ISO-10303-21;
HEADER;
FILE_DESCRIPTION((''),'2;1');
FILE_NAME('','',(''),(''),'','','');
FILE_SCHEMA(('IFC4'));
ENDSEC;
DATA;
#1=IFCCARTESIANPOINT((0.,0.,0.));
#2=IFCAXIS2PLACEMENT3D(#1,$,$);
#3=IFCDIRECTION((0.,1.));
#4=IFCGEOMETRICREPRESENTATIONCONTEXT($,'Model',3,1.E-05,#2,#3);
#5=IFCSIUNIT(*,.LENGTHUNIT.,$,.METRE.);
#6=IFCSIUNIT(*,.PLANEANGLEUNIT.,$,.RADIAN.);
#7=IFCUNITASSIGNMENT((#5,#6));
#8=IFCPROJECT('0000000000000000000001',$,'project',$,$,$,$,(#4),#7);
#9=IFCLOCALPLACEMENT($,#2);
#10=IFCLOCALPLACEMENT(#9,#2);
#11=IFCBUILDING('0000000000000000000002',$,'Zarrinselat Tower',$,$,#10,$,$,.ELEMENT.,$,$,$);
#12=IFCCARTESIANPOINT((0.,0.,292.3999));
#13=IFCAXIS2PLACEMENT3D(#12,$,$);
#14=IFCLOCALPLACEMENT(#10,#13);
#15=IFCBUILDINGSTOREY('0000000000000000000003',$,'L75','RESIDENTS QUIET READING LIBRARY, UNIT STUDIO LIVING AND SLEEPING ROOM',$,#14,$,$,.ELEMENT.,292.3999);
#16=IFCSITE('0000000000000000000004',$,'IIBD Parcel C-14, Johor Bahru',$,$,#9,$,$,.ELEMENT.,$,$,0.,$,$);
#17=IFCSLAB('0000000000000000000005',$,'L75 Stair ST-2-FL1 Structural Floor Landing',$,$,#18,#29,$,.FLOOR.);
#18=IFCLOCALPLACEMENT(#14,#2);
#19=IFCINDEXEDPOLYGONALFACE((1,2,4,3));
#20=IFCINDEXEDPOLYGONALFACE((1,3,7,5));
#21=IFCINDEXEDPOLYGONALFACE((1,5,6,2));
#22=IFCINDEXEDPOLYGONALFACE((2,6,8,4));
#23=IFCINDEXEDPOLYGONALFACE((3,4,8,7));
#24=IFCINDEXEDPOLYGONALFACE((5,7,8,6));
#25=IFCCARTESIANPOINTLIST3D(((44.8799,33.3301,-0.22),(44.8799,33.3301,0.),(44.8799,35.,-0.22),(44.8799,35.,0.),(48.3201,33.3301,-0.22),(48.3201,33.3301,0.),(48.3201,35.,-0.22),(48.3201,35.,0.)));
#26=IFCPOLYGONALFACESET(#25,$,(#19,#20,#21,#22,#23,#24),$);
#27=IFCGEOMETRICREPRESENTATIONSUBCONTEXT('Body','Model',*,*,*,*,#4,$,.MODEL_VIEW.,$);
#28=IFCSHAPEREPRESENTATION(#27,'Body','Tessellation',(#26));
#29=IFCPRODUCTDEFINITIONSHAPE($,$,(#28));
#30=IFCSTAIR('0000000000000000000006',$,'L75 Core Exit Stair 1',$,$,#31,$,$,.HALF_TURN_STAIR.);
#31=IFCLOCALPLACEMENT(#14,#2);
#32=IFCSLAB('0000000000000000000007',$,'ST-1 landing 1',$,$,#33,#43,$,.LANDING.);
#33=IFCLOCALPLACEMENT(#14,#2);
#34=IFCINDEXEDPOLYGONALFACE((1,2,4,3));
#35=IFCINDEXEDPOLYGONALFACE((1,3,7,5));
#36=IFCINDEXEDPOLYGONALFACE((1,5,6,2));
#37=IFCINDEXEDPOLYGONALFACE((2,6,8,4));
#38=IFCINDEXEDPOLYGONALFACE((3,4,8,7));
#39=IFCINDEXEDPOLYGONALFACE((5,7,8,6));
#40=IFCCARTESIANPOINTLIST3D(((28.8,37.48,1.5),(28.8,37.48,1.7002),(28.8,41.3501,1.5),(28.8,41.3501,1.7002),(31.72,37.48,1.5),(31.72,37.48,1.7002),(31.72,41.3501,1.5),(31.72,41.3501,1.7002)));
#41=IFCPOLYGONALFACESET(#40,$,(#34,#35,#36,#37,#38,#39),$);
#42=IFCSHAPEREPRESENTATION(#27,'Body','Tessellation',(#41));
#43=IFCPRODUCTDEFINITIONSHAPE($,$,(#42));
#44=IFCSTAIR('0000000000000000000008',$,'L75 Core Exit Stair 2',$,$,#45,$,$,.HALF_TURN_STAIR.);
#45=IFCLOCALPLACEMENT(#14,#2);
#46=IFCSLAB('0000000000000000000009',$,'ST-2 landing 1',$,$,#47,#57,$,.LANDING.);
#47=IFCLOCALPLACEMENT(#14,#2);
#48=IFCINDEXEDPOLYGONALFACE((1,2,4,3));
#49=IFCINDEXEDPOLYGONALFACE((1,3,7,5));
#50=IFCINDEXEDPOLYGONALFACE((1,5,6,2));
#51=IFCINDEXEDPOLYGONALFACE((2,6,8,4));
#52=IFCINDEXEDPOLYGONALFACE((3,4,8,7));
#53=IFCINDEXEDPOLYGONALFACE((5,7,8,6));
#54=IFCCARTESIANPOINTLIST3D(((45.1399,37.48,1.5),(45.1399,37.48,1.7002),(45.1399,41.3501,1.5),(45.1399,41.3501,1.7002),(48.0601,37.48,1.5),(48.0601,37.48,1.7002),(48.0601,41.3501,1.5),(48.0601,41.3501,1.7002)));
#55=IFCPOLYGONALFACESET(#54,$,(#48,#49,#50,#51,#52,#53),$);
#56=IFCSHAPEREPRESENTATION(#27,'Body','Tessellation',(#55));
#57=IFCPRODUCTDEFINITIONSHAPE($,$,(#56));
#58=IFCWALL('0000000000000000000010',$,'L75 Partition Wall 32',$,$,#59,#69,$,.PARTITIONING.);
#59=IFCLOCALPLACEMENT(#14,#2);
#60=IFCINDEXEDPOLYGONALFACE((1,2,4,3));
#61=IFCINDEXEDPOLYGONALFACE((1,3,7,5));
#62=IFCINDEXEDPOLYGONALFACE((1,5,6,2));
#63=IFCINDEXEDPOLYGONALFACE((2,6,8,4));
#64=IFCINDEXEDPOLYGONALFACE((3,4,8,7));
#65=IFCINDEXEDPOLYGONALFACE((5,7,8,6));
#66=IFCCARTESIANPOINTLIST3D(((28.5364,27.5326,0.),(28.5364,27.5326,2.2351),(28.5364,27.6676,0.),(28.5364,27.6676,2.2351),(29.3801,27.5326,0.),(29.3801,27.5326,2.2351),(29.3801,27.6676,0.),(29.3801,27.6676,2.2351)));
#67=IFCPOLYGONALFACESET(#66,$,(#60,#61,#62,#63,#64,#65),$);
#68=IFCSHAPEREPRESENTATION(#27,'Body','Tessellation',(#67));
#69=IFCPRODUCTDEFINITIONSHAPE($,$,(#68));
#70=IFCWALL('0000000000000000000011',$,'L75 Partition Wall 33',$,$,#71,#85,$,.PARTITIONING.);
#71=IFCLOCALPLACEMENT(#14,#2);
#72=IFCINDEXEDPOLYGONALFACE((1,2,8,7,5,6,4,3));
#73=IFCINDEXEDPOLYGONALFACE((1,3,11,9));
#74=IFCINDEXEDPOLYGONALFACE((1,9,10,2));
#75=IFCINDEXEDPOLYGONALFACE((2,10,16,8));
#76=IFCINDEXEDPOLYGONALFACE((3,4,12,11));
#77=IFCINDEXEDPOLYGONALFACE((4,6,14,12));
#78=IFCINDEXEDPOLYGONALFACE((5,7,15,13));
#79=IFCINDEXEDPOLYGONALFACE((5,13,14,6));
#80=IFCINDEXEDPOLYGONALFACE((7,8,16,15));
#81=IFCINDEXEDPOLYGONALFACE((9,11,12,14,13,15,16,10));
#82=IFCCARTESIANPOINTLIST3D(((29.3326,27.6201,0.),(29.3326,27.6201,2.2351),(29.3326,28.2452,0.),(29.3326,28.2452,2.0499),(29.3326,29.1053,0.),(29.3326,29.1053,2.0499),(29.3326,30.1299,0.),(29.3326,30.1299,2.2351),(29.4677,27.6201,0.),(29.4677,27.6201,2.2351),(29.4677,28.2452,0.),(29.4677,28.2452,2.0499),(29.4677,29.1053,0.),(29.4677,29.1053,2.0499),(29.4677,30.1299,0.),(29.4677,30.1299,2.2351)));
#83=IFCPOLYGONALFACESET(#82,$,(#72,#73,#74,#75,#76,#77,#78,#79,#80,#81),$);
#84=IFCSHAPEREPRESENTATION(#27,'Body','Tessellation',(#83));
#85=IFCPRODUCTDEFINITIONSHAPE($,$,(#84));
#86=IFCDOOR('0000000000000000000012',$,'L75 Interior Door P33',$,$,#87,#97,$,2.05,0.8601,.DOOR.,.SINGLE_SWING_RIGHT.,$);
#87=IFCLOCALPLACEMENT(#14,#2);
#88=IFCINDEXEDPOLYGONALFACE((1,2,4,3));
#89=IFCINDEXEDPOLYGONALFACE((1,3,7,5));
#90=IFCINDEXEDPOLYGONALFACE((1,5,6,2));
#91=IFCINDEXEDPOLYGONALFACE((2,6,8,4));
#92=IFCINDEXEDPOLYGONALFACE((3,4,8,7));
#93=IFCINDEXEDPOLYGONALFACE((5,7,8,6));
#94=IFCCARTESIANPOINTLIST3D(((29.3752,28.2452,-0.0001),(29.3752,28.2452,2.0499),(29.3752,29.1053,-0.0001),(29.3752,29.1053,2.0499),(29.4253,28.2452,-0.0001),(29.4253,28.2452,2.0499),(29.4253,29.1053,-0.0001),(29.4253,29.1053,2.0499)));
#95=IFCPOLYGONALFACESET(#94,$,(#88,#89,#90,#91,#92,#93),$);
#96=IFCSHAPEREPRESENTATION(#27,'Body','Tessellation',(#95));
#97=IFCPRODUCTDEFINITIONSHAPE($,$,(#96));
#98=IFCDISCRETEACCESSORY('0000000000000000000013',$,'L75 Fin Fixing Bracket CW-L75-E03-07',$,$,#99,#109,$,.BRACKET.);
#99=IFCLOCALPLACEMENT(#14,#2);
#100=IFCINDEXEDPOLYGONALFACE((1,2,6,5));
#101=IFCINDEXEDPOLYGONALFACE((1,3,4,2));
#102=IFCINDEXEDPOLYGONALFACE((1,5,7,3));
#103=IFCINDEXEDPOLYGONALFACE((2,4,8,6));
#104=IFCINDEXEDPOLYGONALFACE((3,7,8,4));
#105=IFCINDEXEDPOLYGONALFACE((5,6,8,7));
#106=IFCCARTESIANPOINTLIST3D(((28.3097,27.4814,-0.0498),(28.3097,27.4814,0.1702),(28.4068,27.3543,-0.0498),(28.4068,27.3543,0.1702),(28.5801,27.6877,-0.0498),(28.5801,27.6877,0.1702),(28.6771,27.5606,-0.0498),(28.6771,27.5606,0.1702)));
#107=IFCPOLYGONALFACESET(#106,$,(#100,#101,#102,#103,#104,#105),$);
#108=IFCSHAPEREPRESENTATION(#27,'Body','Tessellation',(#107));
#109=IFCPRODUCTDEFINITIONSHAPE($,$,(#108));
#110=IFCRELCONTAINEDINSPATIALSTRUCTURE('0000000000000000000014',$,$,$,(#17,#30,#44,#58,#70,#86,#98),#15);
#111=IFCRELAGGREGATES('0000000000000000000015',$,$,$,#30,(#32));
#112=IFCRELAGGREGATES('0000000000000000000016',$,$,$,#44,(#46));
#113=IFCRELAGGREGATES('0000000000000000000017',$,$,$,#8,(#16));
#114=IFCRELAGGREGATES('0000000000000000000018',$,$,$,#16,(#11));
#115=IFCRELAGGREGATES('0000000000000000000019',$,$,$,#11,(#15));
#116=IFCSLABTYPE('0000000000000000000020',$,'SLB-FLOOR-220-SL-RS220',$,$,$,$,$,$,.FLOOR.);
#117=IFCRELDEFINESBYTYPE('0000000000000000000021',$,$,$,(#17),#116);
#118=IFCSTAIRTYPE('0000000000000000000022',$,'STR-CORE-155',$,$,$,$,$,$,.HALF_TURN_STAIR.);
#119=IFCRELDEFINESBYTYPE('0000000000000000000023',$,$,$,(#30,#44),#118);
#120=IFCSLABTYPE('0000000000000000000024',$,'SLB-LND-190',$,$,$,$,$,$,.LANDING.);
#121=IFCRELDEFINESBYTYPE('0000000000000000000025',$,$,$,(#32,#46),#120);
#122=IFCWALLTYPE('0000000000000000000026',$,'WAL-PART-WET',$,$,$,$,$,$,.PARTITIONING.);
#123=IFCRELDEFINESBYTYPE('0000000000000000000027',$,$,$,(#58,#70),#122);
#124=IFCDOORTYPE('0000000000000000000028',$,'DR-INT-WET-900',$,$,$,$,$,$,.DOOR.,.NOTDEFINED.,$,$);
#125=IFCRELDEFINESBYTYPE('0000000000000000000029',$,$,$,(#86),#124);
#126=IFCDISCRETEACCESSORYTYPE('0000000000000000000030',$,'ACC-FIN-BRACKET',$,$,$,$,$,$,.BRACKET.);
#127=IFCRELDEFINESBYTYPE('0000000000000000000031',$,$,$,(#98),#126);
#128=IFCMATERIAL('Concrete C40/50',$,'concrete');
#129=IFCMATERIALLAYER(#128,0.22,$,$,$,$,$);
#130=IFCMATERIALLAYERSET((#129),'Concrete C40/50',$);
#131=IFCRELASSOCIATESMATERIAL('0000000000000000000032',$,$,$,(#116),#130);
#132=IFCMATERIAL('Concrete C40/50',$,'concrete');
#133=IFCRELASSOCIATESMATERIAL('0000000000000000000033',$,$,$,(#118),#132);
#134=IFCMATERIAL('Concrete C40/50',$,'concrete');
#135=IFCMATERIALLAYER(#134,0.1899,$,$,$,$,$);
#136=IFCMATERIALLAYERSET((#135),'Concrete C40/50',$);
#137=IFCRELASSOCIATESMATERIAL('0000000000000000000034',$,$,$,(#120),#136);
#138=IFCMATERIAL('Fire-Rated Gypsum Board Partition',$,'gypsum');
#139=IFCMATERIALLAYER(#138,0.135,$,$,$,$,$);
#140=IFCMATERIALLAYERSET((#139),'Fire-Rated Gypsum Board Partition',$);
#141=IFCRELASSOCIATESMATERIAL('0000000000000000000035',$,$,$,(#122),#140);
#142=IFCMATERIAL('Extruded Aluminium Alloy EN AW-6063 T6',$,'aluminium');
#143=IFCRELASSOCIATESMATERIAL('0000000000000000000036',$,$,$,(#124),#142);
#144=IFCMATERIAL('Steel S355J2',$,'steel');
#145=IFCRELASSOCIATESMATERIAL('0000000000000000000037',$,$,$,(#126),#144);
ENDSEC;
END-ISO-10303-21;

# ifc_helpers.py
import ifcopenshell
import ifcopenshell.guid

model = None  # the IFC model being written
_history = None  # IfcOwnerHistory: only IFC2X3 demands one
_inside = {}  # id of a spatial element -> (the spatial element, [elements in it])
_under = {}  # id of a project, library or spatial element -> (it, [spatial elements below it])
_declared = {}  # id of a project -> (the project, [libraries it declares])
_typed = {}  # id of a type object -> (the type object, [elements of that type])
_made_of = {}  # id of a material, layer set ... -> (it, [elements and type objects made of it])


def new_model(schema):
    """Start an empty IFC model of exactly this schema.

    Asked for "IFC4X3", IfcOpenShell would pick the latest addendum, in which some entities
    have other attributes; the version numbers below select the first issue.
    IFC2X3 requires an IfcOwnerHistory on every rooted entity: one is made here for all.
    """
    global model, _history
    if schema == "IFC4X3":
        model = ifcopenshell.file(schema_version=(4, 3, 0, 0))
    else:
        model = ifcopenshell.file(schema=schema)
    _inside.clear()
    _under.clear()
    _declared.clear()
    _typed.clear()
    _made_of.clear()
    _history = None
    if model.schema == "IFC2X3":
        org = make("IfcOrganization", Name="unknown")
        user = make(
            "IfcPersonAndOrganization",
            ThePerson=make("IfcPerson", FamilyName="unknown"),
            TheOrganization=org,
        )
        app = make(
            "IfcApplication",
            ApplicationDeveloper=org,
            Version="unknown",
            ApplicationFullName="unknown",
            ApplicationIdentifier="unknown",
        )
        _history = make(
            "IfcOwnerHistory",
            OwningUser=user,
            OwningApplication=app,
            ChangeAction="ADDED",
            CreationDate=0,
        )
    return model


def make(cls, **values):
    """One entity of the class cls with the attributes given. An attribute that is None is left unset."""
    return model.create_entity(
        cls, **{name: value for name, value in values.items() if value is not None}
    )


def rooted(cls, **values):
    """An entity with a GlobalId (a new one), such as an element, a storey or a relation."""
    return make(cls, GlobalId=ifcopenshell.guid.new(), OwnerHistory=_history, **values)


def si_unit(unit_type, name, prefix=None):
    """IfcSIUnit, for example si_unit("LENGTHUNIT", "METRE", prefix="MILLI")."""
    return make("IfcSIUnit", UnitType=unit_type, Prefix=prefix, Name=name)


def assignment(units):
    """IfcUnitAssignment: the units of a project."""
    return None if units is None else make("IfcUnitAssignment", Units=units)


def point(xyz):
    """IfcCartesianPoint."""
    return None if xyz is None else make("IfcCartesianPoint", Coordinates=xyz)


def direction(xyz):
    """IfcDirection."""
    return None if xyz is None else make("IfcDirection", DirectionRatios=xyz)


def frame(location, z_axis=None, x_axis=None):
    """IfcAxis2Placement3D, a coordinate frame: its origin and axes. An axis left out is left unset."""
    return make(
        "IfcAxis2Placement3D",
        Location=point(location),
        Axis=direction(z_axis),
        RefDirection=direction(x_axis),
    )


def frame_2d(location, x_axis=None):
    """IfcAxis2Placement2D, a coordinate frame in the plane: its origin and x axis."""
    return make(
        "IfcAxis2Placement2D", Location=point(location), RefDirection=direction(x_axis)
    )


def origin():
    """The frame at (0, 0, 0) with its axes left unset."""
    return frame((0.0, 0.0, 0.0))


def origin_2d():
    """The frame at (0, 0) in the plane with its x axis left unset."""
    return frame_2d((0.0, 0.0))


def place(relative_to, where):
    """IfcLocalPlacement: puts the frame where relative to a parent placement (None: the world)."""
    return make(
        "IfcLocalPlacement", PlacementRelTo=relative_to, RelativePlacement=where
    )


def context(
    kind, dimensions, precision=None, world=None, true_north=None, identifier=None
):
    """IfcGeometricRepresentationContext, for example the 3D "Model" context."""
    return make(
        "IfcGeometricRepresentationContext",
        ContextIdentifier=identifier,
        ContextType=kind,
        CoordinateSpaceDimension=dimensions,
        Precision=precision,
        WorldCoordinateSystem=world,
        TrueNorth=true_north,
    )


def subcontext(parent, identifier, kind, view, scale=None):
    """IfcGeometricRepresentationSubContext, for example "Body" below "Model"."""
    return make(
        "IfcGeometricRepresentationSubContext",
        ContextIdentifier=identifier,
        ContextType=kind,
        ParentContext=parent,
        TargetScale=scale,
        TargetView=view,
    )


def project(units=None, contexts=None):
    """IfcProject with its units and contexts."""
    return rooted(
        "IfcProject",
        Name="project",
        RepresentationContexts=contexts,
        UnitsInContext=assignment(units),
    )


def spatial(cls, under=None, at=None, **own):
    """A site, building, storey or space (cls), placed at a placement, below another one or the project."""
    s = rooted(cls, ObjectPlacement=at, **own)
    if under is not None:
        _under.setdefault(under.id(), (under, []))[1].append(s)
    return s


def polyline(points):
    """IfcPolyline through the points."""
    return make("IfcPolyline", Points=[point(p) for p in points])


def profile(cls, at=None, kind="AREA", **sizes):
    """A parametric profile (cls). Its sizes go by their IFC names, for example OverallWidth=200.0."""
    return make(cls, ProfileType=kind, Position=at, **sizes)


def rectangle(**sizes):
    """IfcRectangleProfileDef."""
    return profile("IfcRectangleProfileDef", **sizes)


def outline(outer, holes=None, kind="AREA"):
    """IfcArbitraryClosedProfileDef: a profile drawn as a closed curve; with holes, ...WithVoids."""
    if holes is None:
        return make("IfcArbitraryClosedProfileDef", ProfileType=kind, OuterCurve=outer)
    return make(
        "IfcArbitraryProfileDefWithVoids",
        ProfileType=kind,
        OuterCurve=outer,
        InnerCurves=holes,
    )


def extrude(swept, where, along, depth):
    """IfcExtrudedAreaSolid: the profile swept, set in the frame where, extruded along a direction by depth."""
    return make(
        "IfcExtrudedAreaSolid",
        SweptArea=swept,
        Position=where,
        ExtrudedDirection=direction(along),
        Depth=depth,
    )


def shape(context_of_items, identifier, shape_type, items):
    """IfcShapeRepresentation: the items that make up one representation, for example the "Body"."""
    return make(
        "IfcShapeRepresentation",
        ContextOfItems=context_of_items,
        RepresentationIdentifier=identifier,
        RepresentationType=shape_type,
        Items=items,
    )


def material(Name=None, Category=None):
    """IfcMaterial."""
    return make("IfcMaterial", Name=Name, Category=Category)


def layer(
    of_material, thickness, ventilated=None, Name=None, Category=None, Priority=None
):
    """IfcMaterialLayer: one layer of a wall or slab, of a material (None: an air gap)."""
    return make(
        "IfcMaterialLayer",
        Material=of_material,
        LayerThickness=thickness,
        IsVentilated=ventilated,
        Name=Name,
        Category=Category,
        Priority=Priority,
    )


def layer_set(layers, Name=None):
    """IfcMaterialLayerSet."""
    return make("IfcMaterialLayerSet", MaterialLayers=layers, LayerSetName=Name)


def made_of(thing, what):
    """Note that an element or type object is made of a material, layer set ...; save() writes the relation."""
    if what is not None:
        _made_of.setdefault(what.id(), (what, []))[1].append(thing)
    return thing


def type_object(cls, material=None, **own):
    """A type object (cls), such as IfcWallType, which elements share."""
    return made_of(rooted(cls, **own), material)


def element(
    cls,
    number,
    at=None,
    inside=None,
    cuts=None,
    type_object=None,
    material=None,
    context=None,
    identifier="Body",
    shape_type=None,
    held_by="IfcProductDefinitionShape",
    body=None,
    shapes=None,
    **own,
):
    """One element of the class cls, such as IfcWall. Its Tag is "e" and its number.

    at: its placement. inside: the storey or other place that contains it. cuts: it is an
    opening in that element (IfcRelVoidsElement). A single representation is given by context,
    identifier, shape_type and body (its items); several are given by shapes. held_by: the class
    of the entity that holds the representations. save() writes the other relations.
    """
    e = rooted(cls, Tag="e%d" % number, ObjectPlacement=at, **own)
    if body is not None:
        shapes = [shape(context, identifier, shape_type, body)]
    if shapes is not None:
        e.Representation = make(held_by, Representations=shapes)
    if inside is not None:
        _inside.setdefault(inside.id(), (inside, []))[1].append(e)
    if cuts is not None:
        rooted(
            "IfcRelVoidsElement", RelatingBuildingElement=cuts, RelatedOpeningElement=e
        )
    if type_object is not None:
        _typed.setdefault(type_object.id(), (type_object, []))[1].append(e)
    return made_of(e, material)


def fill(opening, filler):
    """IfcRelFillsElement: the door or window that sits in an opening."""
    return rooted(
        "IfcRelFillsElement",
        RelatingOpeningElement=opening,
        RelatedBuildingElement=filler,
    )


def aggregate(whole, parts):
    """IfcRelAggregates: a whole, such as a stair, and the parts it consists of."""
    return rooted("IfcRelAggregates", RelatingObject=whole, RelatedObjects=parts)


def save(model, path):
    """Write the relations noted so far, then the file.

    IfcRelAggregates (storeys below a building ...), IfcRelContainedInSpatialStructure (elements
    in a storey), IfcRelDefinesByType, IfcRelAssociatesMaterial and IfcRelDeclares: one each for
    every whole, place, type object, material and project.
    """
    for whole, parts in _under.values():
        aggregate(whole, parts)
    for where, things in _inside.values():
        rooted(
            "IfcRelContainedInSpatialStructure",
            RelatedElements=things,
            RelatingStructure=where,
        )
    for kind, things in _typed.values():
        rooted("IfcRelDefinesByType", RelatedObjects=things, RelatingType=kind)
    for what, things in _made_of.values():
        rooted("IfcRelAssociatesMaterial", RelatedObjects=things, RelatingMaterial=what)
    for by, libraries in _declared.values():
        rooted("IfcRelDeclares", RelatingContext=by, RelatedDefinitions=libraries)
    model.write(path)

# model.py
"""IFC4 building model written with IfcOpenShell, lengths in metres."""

from ifc_helpers import new_model, si_unit, direction, frame, frame_2d, origin, origin_2d, place, context, subcontext, project, spatial, polyline, rectangle, outline, extrude, material, layer, layer_set, type_object, element, fill, aggregate, save


model = new_model("IFC4")

# Units and contexts
model_context = context("Model", 3, precision=1e-05, world=origin(), true_north=direction((0.0, 1.0)))
body_context = subcontext(model_context, "Body", "Model", "MODEL_VIEW")
ifc_project = project(units=[si_unit("LENGTHUNIT", "METRE"), si_unit("PLANEANGLEUNIT", "RADIAN")], contexts=[model_context])

# Site, building, storey
site_placement = place(None, origin())
site = spatial("IfcSite", under=ifc_project, at=site_placement, Name="IIBD Parcel C-14, Johor Bahru", CompositionType="ELEMENT", RefElevation=0.0)
building_placement = place(site_placement, origin())
building = spatial("IfcBuilding", under=site, at=building_placement, Name="Zarrinselat Tower", CompositionType="ELEMENT")
storey_placement = place(building_placement, frame((0.0, 0.0, 292.3999)))
storey = spatial("IfcBuildingStorey", under=building, at=storey_placement, Name="L75", Description="RESIDENTS QUIET READING LIBRARY, UNIT STUDIO LIVING AND SLEEPING ROOM", CompositionType="ELEMENT", Elevation=292.3999)

# Slab
ifc_material_1 = material(Name="Concrete C40/50", Category="concrete")
ifc_layer_1 = layer(ifc_material_1, 0.22)
ifc_layer_set_1 = layer_set([ifc_layer_1], Name="Concrete C40/50")
slab_type_1 = type_object("IfcSlabType", Name="SLB-FLOOR-220-SL-RS220", PredefinedType="FLOOR", material=ifc_layer_set_1)
slab_1_placement = place(storey_placement, frame((0.0, 0.0, -0.22)))
element("IfcSlab", 1, at=slab_1_placement, inside=storey, type_object=slab_type_1, Name="L75 Stair ST-2-FL1 Structural Floor Landing", PredefinedType="FLOOR", context=body_context, shape_type="SweptSolid", body=[
    extrude(outline(polyline([(48.3201, 33.3301), (48.3201, 35.0), (44.8799, 35.0), (44.8799, 33.3301), (48.3201, 33.3301)])), origin(), (0.0, 0.0, 1.0), 0.22),
])

# Stairs, slabs
ifc_material_2 = material(Name="Concrete C40/50", Category="concrete")
stair_type = type_object("IfcStairType", Name="STR-CORE-155", PredefinedType="HALF_TURN_STAIR", material=ifc_material_2)
stair_1_placement = place(storey_placement, origin())
stair_1 = element("IfcStair", 2, at=stair_1_placement, inside=storey, type_object=stair_type, Name="L75 Core Exit Stair 1", PredefinedType="HALF_TURN_STAIR")
ifc_material_3 = material(Name="Concrete C40/50", Category="concrete")
ifc_layer_2 = layer(ifc_material_3, 0.1899)
ifc_layer_set_2 = layer_set([ifc_layer_2], Name="Concrete C40/50")
slab_type_2 = type_object("IfcSlabType", Name="SLB-LND-190", PredefinedType="LANDING", material=ifc_layer_set_2)
slab_2_placement = place(storey_placement, frame((0.0, 0.0, 1.5)))
slab_2 = element("IfcSlab", 3, at=slab_2_placement, type_object=slab_type_2, Name="ST-1 landing 1", PredefinedType="LANDING", context=body_context, shape_type="SweptSolid", body=[
    extrude(outline(polyline([(31.72, 37.48), (31.72, 41.3501), (28.8, 41.3501), (28.8, 37.48), (31.72, 37.48)])), origin(), (0.0, 0.0, 1.0), 0.2002),
])
aggregate(stair_1, [slab_2])
stair_2_placement = place(storey_placement, origin())
stair_2 = element("IfcStair", 4, at=stair_2_placement, inside=storey, type_object=stair_type, Name="L75 Core Exit Stair 2", PredefinedType="HALF_TURN_STAIR")
slab_3_placement = place(storey_placement, frame((0.0, 0.0, 1.5)))
slab_3 = element("IfcSlab", 5, at=slab_3_placement, type_object=slab_type_2, Name="ST-2 landing 1", PredefinedType="LANDING", context=body_context, shape_type="SweptSolid", body=[
    extrude(outline(polyline([(48.0601, 37.48), (48.0601, 41.3501), (45.1399, 41.3501), (45.1399, 37.48), (48.0601, 37.48)])), origin(), (0.0, 0.0, 1.0), 0.2002),
])
aggregate(stair_2, [slab_3])

# Wall
ifc_material_4 = material(Name="Fire-Rated Gypsum Board Partition", Category="gypsum")
ifc_layer_3 = layer(ifc_material_4, 0.135)
ifc_layer_set_3 = layer_set([ifc_layer_3], Name="Fire-Rated Gypsum Board Partition")
wall_type = type_object("IfcWallType", Name="WAL-PART-WET", PredefinedType="PARTITIONING", material=ifc_layer_set_3)
wall_1_placement = place(storey_placement, frame((28.5364, 27.6001, 0.0), z_axis=(0.0, 0.0, 1.0), x_axis=(1.0, 0.0, 0.0)))
element("IfcWall", 6, at=wall_1_placement, inside=storey, type_object=wall_type, Name="L75 Partition Wall 32", PredefinedType="PARTITIONING", context=body_context, shape_type="SweptSolid", body=[
    extrude(rectangle(XDim=0.8438, YDim=0.135, at=frame_2d((0.4219, 0.0))), origin(), (0.0, 0.0, 1.0), 2.2351),
])

# Wall, opening, door
wall_2_placement = place(storey_placement, frame((29.4001, 27.6201, 0.0), z_axis=(0.0, 0.0, 1.0), x_axis=(0.0, 1.0, 0.0)))
wall_2 = element("IfcWall", 7, at=wall_2_placement, inside=storey, type_object=wall_type, Name="L75 Partition Wall 33", PredefinedType="PARTITIONING", context=body_context, shape_type="SweptSolid", body=[
    extrude(rectangle(XDim=2.5098, YDim=0.135, at=frame_2d((1.2549, 0.0))), origin(), (0.0, 0.0, 1.0), 2.2351),
])
opening_placement = place(wall_2_placement, frame((0.625, 0.0, 0.0)))
opening = element("IfcOpeningElement", 8, at=opening_placement, cuts=wall_2, PredefinedType="OPENING", context=body_context, shape_type="SweptSolid", body=[
    extrude(rectangle(XDim=0.8601, YDim=2.05, at=frame_2d((0.4302, 1.0249))), frame((0.0, 0.0774, 0.0), z_axis=(0.0, -1.0, 0.0), x_axis=(1.0, 0.0, 0.0)), (0.0, 0.0, 1.0), 0.155),
])
ifc_material_5 = material(Name="Extruded Aluminium Alloy EN AW-6063 T6", Category="aluminium")
door_type = type_object("IfcDoorType", Name="DR-INT-WET-900", OperationType="NOTDEFINED", PredefinedType="DOOR", material=ifc_material_5)
door_placement = place(opening_placement, origin())
door = element("IfcDoor", 9, at=door_placement, inside=storey, type_object=door_type, Name="L75 Interior Door P33", OperationType="SINGLE_SWING_RIGHT", OverallHeight=2.05, OverallWidth=0.8601, PredefinedType="DOOR", context=body_context, shape_type="SweptSolid", body=[
    extrude(rectangle(XDim=0.8601, YDim=2.05, at=frame_2d((0.4302, 1.0249))), frame((0.0, 0.0249, 0.0), z_axis=(0.0, -1.0, 0.0), x_axis=(1.0, 0.0, 0.0)), (0.0, 0.0, 1.0), 0.05),
])
fill(opening, door)

# Discrete accessory
ifc_material_6 = material(Name="Steel S355J2", Category="steel")
discrete_accessory_type = type_object("IfcDiscreteAccessoryType", Name="ACC-FIN-BRACKET", PredefinedType="BRACKET", material=ifc_material_6)
discrete_accessory_placement = place(storey_placement, frame((28.4934, 27.521, -0.0498), z_axis=(0.0, 0.0, 1.0), x_axis=(-0.794853, -0.606802, 0.0)))
element("IfcDiscreteAccessory", 10, at=discrete_accessory_placement, inside=storey, type_object=discrete_accessory_type, Name="L75 Fin Fixing Bracket CW-L75-E03-07", PredefinedType="BRACKET", context=body_context, shape_type="SweptSolid", body=[
    extrude(rectangle(XDim=0.3401, YDim=0.1599, at=origin_2d()), origin(), (0.0, 0.0, 1.0), 0.22),
])

save(model, "model.ifc")
